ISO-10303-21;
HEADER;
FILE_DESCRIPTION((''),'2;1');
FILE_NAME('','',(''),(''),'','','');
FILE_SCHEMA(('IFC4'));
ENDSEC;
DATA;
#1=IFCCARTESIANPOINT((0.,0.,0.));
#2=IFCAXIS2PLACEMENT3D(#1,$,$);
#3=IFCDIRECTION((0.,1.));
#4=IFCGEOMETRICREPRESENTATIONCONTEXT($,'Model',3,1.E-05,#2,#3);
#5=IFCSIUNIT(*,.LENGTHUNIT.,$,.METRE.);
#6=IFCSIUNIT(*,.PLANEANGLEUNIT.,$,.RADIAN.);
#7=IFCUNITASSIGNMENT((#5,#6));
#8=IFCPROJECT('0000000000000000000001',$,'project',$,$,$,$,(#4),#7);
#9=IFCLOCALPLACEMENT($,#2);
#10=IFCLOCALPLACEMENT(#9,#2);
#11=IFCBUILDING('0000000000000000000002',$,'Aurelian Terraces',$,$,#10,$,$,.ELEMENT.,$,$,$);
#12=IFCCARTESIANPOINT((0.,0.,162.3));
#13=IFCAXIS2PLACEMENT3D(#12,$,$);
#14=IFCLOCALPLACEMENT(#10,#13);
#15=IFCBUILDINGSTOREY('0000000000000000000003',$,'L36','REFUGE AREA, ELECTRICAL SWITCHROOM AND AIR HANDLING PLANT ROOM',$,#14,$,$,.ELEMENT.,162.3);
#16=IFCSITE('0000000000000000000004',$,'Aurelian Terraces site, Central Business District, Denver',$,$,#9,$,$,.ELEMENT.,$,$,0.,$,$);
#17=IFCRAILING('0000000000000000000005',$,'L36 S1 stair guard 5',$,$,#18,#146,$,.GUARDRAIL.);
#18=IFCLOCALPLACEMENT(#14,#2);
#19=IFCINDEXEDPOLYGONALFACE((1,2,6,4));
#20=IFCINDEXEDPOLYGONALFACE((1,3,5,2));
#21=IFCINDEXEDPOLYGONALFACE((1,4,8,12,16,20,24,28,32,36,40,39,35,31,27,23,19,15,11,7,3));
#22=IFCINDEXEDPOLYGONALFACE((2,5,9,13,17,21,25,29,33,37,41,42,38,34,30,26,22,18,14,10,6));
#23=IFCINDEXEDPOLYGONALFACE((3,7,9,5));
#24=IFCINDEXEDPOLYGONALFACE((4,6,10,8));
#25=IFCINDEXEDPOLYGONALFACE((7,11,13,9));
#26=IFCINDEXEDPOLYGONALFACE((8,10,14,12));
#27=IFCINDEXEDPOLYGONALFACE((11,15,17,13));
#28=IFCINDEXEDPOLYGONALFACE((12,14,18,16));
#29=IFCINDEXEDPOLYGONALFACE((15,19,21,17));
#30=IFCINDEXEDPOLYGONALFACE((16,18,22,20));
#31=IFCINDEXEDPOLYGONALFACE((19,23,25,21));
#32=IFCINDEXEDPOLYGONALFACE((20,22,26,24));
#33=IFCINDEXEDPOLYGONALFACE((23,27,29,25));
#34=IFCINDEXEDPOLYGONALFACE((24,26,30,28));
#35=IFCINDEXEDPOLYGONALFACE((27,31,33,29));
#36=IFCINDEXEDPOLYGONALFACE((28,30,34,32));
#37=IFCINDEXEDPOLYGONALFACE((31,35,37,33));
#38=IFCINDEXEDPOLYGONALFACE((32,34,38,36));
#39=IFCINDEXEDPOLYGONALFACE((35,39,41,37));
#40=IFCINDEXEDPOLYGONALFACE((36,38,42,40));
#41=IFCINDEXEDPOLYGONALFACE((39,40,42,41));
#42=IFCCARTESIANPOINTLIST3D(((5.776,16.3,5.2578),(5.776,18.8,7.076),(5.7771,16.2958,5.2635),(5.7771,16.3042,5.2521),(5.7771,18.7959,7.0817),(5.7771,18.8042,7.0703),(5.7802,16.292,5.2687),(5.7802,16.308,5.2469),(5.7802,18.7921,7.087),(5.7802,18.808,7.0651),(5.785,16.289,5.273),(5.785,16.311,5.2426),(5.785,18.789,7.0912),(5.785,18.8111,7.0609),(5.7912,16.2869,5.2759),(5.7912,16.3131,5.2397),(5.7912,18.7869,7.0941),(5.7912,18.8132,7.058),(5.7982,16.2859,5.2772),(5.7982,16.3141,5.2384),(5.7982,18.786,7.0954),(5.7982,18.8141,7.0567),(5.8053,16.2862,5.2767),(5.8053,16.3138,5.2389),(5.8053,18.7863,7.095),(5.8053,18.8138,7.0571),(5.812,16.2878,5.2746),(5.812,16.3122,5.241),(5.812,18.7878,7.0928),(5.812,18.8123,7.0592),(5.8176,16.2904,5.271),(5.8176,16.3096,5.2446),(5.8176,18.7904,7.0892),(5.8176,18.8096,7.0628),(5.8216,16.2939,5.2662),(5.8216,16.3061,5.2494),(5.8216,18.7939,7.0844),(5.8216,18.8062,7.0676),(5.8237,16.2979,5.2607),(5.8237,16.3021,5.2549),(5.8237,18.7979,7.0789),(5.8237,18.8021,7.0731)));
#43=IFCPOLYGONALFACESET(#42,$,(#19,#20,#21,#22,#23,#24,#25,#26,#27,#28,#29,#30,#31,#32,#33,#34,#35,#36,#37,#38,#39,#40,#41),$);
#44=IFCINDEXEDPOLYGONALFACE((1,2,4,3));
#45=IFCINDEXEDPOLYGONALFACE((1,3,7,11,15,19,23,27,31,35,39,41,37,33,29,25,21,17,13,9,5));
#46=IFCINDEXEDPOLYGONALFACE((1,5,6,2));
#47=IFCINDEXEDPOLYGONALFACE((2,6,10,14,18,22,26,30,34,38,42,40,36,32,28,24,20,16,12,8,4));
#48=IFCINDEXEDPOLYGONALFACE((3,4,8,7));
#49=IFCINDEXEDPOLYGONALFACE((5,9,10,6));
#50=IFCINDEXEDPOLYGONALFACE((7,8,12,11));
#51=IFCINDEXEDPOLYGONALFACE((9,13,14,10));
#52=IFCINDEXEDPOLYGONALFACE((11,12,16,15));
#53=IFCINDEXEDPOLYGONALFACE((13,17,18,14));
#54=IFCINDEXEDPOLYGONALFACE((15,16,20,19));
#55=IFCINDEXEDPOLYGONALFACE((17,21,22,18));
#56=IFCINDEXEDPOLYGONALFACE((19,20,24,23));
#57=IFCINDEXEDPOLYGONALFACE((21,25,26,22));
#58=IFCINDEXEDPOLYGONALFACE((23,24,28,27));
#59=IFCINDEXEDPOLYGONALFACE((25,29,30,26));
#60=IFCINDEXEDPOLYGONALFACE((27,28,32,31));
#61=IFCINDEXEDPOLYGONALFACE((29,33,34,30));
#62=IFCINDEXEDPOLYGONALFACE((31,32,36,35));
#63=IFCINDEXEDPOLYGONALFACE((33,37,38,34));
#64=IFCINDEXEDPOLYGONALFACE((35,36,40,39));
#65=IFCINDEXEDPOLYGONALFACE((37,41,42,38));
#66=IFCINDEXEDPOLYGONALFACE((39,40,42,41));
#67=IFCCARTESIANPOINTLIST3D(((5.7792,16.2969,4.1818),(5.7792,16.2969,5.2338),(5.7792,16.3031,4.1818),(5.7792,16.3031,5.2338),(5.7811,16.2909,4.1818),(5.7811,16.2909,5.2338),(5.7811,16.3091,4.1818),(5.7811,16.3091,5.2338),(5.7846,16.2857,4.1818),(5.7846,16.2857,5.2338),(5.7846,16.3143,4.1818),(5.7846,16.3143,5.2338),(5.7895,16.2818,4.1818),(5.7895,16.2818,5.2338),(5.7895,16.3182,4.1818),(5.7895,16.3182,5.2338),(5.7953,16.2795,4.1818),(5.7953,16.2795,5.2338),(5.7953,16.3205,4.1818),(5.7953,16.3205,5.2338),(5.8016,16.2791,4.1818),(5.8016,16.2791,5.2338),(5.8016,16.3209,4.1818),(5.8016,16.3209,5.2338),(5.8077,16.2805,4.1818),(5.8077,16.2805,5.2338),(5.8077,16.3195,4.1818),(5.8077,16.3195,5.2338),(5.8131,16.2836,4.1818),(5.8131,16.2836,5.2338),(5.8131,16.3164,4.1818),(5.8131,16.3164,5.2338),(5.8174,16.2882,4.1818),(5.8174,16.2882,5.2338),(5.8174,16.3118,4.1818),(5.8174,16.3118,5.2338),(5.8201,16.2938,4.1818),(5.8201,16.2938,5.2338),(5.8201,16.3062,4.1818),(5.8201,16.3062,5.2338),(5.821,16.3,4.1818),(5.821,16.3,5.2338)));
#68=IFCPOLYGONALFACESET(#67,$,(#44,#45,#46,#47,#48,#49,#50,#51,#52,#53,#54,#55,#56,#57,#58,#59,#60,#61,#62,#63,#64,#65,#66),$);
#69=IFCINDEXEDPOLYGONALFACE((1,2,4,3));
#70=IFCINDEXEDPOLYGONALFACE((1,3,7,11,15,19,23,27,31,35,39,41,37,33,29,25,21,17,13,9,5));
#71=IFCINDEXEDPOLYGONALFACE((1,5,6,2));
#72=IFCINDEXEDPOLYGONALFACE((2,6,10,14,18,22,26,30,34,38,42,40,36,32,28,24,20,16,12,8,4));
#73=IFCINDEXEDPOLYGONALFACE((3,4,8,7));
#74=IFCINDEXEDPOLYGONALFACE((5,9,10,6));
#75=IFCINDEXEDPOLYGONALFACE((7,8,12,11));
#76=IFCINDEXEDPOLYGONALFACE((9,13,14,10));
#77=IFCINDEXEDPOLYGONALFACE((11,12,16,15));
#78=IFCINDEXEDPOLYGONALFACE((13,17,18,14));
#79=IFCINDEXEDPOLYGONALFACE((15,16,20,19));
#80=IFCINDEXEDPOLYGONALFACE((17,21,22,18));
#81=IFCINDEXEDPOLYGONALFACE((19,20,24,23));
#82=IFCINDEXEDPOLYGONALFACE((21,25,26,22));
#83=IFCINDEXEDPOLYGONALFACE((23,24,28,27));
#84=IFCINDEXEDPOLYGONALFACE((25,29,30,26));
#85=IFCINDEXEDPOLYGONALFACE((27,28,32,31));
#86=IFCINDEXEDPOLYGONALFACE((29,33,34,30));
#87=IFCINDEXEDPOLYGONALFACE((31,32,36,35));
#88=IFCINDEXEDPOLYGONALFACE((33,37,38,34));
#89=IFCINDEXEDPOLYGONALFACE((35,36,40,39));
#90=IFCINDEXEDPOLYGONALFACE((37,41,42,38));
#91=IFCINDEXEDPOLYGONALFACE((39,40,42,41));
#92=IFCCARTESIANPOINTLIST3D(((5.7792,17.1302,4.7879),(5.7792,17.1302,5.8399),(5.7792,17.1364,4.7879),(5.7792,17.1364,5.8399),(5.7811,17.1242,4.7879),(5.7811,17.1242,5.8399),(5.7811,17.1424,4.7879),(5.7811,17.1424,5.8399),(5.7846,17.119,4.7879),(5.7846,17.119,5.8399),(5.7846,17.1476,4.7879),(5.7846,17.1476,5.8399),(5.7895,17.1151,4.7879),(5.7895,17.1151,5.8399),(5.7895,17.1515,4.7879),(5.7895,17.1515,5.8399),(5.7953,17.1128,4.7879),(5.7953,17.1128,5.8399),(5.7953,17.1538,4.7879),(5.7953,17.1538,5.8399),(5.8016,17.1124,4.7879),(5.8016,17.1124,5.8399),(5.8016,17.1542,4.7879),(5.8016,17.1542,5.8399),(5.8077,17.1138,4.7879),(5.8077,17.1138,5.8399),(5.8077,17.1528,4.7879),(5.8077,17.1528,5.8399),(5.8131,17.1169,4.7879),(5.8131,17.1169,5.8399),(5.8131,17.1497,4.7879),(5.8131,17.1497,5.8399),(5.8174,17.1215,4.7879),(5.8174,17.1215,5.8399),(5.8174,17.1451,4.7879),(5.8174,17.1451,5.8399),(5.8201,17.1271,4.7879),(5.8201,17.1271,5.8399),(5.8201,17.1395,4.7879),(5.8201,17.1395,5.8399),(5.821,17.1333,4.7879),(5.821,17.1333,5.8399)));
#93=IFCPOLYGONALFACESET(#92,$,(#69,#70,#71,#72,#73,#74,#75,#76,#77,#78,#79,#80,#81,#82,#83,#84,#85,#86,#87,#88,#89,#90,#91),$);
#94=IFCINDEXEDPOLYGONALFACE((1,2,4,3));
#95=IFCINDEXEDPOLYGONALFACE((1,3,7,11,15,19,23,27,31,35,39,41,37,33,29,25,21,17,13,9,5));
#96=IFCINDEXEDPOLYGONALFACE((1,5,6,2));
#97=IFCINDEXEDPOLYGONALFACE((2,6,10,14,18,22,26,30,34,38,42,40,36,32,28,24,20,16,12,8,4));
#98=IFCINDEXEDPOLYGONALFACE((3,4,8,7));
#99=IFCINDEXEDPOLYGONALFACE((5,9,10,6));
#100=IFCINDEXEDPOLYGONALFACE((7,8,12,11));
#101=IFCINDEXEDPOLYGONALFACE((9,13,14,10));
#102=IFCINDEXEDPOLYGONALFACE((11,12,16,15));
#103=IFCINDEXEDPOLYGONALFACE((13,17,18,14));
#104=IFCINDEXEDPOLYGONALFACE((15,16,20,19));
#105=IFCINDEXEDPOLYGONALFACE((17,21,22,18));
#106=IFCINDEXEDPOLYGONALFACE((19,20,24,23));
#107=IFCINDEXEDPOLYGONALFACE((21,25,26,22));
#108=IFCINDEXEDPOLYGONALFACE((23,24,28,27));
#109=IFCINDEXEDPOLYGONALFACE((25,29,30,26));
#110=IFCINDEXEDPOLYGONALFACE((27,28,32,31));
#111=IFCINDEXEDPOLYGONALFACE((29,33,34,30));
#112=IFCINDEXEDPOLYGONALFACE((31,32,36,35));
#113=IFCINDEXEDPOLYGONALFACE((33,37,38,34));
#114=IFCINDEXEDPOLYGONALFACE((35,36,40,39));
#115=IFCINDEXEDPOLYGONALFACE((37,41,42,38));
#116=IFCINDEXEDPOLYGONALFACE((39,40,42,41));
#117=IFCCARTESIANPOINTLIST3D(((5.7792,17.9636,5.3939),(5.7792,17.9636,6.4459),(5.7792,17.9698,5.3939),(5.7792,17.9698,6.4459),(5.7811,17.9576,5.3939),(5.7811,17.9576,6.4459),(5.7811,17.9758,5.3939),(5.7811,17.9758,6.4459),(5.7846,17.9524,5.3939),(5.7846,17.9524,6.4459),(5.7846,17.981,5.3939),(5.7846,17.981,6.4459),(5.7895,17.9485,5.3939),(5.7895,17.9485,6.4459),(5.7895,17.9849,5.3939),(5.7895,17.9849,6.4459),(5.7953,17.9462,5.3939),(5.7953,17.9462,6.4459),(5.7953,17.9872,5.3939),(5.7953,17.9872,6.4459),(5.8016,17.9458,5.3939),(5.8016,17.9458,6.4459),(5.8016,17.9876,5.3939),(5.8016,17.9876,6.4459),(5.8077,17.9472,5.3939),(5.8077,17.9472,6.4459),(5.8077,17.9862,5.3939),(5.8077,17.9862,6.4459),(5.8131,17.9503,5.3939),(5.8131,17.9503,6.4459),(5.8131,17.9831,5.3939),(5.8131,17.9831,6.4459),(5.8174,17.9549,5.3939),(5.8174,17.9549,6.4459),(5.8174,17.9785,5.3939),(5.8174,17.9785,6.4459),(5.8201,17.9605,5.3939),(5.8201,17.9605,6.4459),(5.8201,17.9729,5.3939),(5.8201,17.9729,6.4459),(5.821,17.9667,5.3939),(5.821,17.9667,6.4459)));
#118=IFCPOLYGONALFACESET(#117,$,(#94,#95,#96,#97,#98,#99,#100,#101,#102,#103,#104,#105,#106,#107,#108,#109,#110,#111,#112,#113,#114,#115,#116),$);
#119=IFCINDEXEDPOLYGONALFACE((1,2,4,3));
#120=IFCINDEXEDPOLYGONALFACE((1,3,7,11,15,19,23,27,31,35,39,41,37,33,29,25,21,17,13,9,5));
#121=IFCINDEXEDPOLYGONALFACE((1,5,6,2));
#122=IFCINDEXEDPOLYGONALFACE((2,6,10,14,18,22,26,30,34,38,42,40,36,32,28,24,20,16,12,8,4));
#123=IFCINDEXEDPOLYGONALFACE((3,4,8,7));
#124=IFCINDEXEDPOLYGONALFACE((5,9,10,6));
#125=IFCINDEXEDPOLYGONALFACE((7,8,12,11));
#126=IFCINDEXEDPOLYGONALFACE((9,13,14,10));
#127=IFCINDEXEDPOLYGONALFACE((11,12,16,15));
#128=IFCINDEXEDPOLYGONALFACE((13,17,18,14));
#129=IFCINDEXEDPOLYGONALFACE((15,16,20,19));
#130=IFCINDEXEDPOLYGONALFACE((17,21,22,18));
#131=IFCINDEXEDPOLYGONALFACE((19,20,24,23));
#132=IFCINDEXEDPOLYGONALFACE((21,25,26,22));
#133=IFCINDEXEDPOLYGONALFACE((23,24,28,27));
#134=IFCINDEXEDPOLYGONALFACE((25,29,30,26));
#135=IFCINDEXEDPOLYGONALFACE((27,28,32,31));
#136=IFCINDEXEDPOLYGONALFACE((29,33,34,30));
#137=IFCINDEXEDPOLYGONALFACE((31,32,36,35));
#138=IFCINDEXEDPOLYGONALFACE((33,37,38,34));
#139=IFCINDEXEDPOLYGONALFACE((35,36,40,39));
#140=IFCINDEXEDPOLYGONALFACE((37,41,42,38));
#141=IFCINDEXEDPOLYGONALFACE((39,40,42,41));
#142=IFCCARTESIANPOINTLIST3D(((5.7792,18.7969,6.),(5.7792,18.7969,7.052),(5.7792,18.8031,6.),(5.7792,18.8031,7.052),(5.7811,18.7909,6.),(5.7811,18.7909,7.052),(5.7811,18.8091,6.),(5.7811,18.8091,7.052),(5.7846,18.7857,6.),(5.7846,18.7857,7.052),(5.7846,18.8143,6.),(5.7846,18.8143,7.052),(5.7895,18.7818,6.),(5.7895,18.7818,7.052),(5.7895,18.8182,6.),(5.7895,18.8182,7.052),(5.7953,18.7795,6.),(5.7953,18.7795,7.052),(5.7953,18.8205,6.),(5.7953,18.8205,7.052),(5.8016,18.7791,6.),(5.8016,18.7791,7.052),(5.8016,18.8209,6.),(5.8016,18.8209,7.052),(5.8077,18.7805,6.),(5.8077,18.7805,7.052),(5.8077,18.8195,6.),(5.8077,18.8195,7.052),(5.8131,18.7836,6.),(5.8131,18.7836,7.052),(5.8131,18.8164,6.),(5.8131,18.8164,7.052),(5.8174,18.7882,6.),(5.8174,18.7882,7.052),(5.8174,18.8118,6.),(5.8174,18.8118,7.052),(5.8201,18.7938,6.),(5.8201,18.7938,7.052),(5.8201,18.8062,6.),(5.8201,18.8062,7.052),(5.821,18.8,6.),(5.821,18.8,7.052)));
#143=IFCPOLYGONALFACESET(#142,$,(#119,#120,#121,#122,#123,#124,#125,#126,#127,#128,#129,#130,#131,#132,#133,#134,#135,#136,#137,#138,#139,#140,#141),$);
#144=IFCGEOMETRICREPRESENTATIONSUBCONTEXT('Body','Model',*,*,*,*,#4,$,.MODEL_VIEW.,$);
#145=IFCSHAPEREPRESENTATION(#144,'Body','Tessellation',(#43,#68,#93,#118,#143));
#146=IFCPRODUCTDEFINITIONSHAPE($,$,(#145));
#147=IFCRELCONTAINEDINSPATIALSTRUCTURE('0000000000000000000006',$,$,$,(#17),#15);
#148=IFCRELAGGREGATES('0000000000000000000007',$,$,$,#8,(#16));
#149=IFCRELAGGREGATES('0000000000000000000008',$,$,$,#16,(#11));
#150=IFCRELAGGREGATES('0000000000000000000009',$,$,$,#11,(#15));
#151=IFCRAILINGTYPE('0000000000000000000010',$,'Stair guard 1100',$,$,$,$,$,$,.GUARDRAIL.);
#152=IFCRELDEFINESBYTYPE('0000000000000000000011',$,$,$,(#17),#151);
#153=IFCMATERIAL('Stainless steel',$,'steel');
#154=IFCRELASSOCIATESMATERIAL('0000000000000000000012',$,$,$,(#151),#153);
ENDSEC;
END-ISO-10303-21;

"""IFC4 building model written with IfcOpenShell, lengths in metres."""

from ifc_helpers import new_model, si_unit, direction, frame, origin, origin_2d, place, context, subcontext, project, spatial, circle, extrude, source, transform, mapped, material, type_object, element, save


model = new_model("IFC4")

# Units and contexts
model_context = context("Model", 3, precision=1e-05, world=origin(), true_north=direction((0.0, 1.0)))
body_context = subcontext(model_context, "Body", "Model", "MODEL_VIEW")
ifc_project = project(units=[si_unit("LENGTHUNIT", "METRE"), si_unit("PLANEANGLEUNIT", "RADIAN")], contexts=[model_context])

# Site, building, storey
site_placement = place(None, origin())
site = spatial("IfcSite", under=ifc_project, at=site_placement, Name="Aurelian Terraces site, Central Business District, Denver", CompositionType="ELEMENT", RefElevation=0.0)
building_placement = place(site_placement, origin())
building = spatial("IfcBuilding", under=site, at=building_placement, Name="Aurelian Terraces", CompositionType="ELEMENT")
storey_placement = place(building_placement, frame((0.0, 0.0, 162.3)))
storey = spatial("IfcBuildingStorey", under=building, at=storey_placement, Name="L36", Description="REFUGE AREA, ELECTRICAL SWITCHROOM AND AIR HANDLING PLANT ROOM", CompositionType="ELEMENT", Elevation=162.3)

# Shared definitions
ifc_material_1 = material(Name="Stainless steel", Category="steel")

# Railing
railing_type_1 = type_object("IfcRailingType", Name="Stair guard 1100", PredefinedType="GUARDRAIL", material=ifc_material_1)
shared_shape_1 = source(origin(), body_context, "Body", "SweptSolid", [
    extrude(circle(Radius=0.024, at=origin_2d()), frame((0.0, 0.0, 1.076), z_axis=(0.0, 0.808733, 0.588176), x_axis=(-1.0, 0.0, 0.0)), (0.0, 0.0, 1.0), 3.0913),
    extrude(circle(Radius=0.021, at=origin_2d()), origin(), (0.0, 0.0, 1.0), 1.052),
    extrude(circle(Radius=0.021, at=origin_2d()), frame((0.0, 0.8333, 0.6061)), (0.0, 0.0, 1.0), 1.052),
    extrude(circle(Radius=0.021, at=origin_2d()), frame((0.0, 1.6667, 1.2121)), (0.0, 0.0, 1.0), 1.052),
    extrude(circle(Radius=0.021, at=origin_2d()), frame((0.0, 2.5, 1.8182)), (0.0, 0.0, 1.0), 1.052),
])
railing_1_placement = place(storey_placement, frame((5.8, 16.3, 4.1818)))
element("IfcRailing", 1, at=railing_1_placement, inside=storey, type_object=railing_type_1, Name="L36 S1 stair guard 5", PredefinedType="GUARDRAIL", context=body_context, shape_type="MappedRepresentation", body=[
    mapped(shared_shape_1, transform((0.0, 0.0, 0.0), scale=1.0)),
])

save(model, "model.ifc")
